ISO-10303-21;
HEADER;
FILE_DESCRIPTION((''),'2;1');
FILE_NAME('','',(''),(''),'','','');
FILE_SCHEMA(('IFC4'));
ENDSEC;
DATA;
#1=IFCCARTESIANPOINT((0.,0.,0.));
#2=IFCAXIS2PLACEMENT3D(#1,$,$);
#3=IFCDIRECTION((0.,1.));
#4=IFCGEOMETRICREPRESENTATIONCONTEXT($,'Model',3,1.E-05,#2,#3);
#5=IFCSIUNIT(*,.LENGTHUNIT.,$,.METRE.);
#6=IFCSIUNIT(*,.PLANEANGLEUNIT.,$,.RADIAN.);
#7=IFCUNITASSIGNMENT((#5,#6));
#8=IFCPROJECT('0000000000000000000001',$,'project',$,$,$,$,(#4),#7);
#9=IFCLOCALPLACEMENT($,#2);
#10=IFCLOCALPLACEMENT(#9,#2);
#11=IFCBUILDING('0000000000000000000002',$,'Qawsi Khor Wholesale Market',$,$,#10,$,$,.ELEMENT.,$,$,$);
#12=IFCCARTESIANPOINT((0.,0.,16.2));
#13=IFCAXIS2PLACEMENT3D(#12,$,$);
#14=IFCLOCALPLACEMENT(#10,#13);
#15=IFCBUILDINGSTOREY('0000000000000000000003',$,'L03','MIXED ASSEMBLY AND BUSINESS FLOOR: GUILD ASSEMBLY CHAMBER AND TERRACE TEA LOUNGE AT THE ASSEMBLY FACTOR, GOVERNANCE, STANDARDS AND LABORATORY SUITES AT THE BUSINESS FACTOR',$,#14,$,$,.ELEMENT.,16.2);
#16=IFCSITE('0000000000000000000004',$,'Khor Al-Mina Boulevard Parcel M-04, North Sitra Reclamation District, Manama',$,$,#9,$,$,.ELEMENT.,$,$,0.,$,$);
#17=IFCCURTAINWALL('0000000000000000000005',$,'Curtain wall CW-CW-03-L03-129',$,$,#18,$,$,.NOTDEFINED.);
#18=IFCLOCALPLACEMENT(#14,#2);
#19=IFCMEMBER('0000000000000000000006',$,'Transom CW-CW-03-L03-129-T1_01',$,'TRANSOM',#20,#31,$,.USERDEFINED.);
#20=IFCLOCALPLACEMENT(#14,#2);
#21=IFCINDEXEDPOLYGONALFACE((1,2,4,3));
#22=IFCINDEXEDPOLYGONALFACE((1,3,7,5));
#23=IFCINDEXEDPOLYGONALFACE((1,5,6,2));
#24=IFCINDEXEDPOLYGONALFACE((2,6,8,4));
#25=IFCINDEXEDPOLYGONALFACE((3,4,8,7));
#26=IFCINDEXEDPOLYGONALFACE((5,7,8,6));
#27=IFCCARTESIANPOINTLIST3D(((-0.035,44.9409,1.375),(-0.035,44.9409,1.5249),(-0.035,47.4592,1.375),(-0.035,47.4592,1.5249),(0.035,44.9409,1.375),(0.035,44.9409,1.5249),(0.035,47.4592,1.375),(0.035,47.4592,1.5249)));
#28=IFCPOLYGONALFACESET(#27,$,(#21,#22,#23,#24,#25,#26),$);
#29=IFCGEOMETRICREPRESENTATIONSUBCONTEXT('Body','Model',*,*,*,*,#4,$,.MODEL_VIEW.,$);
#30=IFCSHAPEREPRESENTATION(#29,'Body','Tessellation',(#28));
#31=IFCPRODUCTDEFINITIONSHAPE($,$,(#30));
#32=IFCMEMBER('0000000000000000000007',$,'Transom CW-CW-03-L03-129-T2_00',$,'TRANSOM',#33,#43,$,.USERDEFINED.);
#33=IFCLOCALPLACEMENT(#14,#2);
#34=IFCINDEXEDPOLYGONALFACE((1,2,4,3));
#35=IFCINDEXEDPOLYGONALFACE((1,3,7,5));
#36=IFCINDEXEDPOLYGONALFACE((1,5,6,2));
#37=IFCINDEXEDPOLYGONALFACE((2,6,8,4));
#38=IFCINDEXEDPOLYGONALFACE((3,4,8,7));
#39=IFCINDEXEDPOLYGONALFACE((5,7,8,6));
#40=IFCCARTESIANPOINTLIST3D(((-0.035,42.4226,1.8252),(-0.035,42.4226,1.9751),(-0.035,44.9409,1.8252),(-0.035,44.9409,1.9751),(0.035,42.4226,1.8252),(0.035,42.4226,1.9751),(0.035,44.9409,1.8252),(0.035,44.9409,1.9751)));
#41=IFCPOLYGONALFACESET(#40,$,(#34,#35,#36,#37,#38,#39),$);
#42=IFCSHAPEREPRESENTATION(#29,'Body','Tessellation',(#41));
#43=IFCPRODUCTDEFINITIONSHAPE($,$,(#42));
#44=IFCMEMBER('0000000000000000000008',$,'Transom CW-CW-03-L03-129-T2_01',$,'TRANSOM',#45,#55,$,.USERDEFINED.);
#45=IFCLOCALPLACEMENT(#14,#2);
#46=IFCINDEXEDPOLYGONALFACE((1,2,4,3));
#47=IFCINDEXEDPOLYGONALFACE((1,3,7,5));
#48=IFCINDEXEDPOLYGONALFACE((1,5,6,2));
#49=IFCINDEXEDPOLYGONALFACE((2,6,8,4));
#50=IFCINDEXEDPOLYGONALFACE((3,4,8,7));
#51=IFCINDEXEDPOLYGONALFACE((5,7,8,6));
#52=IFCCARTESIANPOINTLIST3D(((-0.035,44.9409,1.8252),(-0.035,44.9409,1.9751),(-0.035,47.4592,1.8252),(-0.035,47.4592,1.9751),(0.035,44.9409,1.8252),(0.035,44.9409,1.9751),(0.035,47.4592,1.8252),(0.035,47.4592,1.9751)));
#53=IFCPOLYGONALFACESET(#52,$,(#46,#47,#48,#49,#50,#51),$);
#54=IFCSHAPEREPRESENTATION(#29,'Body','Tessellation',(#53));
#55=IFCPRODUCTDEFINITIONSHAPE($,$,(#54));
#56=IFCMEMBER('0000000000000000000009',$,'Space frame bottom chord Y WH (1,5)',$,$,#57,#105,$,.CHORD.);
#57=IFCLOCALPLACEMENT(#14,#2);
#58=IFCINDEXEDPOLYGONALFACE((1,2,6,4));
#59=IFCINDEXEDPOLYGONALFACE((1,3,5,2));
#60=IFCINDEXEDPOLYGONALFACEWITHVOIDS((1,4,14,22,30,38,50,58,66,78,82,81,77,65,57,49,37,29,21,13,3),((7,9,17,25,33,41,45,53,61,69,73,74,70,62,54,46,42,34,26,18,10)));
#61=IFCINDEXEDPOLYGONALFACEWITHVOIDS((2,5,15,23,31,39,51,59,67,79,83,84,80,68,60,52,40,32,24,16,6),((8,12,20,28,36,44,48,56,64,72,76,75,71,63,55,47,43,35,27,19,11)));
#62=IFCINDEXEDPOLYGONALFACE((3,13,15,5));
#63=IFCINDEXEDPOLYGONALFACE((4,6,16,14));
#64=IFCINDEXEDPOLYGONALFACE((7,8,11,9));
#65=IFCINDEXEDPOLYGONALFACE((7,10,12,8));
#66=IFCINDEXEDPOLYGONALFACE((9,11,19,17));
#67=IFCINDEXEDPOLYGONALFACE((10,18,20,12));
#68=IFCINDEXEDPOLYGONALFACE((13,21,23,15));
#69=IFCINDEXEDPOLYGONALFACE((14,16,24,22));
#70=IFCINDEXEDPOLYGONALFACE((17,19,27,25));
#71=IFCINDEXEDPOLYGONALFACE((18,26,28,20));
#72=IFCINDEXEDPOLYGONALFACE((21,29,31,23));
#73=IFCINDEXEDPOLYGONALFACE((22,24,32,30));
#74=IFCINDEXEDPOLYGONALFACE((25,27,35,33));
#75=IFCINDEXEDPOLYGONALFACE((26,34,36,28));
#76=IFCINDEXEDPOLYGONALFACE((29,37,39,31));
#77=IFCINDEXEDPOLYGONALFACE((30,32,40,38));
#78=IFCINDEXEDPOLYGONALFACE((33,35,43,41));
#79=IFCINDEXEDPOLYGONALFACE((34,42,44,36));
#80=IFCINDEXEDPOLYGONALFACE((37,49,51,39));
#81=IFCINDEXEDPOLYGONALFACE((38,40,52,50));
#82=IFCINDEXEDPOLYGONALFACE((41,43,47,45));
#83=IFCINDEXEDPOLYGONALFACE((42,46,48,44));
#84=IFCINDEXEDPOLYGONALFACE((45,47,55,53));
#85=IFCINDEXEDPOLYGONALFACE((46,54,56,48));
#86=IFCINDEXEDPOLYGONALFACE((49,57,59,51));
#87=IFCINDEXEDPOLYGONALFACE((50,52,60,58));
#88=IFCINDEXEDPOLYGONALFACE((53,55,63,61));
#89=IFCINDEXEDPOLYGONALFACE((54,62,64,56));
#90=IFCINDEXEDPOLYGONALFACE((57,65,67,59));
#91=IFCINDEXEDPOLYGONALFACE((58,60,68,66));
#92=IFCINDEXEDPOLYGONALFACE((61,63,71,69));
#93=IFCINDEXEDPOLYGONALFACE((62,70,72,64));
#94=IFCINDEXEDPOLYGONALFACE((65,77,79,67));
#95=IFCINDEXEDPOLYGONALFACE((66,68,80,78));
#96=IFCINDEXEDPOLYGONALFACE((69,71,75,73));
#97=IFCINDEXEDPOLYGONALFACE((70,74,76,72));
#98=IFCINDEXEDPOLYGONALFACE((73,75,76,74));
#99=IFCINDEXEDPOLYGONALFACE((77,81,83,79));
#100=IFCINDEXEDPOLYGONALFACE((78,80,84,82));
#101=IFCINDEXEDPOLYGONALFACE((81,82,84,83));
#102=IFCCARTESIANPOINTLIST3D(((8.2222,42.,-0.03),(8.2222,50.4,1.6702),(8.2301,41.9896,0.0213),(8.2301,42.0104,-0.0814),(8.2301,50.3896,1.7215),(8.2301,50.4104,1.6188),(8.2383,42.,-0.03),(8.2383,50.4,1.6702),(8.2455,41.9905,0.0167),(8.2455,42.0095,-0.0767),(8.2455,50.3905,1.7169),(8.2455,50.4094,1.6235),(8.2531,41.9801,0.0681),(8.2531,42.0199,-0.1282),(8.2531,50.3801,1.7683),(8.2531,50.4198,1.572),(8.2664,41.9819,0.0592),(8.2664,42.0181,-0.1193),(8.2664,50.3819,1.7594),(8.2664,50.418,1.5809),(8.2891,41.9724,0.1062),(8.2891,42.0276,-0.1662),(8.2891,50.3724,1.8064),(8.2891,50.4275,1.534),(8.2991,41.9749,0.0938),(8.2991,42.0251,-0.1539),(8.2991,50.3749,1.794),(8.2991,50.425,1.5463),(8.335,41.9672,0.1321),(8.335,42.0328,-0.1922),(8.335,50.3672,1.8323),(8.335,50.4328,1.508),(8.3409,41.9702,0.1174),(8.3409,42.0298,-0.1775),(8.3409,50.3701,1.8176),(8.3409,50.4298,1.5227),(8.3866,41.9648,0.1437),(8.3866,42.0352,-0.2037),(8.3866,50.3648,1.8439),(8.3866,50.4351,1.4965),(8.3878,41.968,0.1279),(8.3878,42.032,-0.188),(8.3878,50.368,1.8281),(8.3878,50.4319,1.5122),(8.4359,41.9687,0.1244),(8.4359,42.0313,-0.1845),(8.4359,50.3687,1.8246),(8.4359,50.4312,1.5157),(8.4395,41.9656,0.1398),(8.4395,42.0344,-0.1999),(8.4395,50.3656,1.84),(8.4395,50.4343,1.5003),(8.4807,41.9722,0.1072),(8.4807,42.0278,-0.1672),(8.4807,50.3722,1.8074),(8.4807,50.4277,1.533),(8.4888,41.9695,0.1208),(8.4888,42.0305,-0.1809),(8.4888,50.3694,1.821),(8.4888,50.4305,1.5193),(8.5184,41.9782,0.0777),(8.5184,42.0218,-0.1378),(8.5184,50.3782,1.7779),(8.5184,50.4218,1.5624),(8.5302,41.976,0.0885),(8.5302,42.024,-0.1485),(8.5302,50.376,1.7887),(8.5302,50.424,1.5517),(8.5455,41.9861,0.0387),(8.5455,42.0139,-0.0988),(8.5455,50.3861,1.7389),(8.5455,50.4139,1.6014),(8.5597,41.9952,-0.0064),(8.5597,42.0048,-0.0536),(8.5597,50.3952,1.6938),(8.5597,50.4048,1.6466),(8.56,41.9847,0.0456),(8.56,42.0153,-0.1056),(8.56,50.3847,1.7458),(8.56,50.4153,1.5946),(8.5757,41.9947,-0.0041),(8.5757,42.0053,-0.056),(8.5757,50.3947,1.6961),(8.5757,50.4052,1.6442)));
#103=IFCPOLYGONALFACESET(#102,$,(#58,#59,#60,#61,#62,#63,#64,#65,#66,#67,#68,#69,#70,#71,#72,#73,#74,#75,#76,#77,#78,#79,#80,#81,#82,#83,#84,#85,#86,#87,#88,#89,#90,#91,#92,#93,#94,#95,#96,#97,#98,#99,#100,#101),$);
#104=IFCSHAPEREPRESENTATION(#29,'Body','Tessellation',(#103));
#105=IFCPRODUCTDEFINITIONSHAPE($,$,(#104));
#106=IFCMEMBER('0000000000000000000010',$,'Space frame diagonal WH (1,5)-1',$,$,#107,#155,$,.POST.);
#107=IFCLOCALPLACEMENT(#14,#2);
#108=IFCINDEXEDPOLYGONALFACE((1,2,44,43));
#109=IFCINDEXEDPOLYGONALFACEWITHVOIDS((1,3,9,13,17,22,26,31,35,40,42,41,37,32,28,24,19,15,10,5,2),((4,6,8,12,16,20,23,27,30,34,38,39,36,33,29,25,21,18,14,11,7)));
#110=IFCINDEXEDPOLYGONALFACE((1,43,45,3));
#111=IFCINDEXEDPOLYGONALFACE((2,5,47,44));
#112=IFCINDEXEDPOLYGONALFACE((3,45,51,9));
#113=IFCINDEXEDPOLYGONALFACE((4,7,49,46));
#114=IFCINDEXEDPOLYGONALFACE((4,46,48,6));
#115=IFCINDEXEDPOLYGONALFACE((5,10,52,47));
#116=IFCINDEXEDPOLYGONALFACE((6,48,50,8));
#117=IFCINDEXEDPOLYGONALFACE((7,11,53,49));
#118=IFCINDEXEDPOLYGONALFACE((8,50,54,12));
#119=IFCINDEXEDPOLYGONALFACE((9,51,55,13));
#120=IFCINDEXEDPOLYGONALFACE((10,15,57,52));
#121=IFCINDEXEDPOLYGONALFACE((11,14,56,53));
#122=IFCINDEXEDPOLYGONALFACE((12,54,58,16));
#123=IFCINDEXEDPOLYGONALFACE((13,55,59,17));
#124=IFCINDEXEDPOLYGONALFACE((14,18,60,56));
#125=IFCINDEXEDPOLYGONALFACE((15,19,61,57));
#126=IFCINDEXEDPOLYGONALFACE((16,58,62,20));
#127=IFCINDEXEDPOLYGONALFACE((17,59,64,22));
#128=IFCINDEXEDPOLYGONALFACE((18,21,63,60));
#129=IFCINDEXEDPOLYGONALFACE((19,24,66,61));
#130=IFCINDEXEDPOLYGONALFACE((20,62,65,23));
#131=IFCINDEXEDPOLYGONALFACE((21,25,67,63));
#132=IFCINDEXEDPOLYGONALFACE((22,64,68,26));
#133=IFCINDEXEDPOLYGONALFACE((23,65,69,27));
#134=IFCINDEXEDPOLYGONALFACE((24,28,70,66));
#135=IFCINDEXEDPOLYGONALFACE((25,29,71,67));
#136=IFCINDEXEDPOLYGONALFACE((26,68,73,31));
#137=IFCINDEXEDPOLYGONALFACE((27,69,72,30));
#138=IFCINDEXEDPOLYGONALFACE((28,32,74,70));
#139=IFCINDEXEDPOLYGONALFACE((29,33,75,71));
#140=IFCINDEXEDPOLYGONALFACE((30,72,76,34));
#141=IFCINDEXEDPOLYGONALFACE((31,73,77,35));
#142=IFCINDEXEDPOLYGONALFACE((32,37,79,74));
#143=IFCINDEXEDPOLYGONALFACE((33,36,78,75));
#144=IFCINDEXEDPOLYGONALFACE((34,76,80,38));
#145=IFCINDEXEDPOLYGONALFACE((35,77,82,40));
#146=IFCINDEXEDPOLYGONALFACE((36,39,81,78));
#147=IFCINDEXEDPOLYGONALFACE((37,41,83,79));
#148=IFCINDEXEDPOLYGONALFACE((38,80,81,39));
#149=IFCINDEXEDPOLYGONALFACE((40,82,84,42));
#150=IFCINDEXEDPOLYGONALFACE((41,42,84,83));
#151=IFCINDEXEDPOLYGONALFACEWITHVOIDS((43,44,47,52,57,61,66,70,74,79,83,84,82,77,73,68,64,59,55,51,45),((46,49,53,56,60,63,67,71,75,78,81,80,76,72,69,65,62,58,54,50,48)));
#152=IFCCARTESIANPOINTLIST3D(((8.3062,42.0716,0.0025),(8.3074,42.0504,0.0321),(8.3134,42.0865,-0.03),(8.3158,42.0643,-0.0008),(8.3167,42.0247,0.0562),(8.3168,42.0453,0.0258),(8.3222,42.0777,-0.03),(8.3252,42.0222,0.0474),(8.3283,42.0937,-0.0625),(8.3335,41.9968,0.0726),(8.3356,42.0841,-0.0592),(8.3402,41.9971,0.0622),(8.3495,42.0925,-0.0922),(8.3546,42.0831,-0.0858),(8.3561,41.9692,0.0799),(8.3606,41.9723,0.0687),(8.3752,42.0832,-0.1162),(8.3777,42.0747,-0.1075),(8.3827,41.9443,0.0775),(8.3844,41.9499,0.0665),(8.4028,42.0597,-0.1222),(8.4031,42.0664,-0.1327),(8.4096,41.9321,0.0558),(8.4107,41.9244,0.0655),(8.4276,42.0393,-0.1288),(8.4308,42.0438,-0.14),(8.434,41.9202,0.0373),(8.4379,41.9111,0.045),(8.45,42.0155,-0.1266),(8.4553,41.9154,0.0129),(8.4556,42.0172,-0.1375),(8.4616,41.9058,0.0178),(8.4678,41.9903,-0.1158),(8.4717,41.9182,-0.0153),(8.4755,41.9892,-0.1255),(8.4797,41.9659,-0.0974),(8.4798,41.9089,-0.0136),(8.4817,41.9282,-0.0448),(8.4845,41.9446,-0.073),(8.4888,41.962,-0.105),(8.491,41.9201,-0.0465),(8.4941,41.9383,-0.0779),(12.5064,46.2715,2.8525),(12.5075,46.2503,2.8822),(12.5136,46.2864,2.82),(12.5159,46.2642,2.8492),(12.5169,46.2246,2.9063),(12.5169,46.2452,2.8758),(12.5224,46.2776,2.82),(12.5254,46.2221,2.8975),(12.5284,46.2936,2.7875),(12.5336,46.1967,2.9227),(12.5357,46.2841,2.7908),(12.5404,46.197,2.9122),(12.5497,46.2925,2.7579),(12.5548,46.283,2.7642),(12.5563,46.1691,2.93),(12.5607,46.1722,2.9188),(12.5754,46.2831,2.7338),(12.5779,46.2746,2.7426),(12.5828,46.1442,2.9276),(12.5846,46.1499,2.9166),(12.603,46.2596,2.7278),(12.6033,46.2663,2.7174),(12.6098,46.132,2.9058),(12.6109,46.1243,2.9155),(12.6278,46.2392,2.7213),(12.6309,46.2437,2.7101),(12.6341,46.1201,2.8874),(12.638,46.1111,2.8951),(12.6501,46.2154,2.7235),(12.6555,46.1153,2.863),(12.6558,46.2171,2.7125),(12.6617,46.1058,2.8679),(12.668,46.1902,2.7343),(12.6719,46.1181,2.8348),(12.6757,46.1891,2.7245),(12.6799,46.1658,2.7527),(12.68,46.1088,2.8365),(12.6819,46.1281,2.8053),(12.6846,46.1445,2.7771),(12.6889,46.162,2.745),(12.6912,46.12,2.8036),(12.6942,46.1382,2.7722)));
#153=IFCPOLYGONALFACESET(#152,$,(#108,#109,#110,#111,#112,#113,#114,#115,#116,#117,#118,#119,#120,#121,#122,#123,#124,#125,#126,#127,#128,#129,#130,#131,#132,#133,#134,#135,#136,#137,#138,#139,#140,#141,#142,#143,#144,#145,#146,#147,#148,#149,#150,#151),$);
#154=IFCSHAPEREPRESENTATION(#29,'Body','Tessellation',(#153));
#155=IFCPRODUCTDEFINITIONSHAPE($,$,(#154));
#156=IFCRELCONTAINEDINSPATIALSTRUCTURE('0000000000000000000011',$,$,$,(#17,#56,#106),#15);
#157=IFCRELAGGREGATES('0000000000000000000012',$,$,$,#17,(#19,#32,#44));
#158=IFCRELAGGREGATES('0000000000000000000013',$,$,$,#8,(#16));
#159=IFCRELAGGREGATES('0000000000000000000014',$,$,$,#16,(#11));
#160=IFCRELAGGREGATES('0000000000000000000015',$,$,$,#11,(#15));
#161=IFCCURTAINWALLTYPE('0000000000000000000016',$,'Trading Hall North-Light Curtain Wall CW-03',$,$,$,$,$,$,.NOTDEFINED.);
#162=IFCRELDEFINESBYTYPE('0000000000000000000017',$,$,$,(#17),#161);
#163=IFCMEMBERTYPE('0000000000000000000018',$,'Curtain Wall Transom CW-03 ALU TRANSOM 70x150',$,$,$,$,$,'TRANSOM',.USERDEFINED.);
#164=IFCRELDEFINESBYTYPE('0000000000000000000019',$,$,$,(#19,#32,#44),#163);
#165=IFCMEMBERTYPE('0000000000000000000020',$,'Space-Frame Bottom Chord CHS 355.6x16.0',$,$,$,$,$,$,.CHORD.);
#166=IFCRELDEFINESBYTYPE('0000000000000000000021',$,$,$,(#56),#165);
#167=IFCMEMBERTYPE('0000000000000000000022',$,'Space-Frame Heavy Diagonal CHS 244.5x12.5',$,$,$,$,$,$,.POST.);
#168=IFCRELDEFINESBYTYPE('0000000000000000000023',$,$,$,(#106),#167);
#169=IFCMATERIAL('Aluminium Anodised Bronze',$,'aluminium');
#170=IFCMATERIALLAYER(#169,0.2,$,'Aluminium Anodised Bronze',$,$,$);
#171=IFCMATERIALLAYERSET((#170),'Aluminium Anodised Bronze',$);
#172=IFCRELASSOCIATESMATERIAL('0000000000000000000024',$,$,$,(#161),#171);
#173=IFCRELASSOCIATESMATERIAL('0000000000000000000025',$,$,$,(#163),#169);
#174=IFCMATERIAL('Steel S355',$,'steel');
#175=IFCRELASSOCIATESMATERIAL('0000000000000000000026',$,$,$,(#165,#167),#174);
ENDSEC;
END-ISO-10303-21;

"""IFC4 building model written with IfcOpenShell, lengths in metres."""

from ifc_helpers import new_model, si_unit, direction, frame, origin, origin_2d, place, context, subcontext, project, spatial, rectangle, hollow_circle, extrude, material, layer, layer_set, material_profile, profile_set, type_object, element, aggregate, save


model = new_model("IFC4")

# Units and contexts
model_context = context("Model", 3, precision=1e-05, world=origin(), true_north=direction((0.0, 1.0)))
body_context = subcontext(model_context, "Body", "Model", "MODEL_VIEW")
ifc_project = project(units=[si_unit("LENGTHUNIT", "METRE"), si_unit("PLANEANGLEUNIT", "RADIAN")], contexts=[model_context])

# Site, building, storey
site_placement = place(None, origin())
site = spatial("IfcSite", under=ifc_project, at=site_placement, Name="Khor Al-Mina Boulevard Parcel M-04, North Sitra Reclamation District, Manama", CompositionType="ELEMENT", RefElevation=0.0)
building_placement = place(site_placement, origin())
building = spatial("IfcBuilding", under=site, at=building_placement, Name="Qawsi Khor Wholesale Market", CompositionType="ELEMENT")
storey_placement = place(building_placement, frame((0.0, 0.0, 16.2)))
storey = spatial("IfcBuildingStorey", under=building, at=storey_placement, Name="L03", Description="MIXED ASSEMBLY AND BUSINESS FLOOR: GUILD ASSEMBLY CHAMBER AND TERRACE TEA LOUNGE AT THE ASSEMBLY FACTOR, GOVERNANCE, STANDARDS AND LABORATORY SUITES AT THE BUSINESS FACTOR", CompositionType="ELEMENT", Elevation=16.2)

# Curtain wall
ifc_material_1 = material(Name="Aluminium Anodised Bronze", Category="aluminium")
ifc_layer_1 = layer(ifc_material_1, 0.2, Name="Aluminium Anodised Bronze")
ifc_layer_set_1 = layer_set([ifc_layer_1], Name="Aluminium Anodised Bronze")
curtain_wall_type = type_object("IfcCurtainWallType", Name="Trading Hall North-Light Curtain Wall CW-03", PredefinedType="NOTDEFINED", material=ifc_layer_set_1)
curtain_wall_1_placement = place(storey_placement, origin())
curtain_wall_1 = element("IfcCurtainWall", 1, at=curtain_wall_1_placement, inside=storey, type_object=curtain_wall_type, Name="Curtain wall CW-CW-03-L03-129", PredefinedType="NOTDEFINED")

# Members
ifc_material_profile_1 = material_profile(ifc_material_1, rectangle(XDim=0.0701, YDim=0.1499, at=origin_2d()), Name="ALU TRANSOM 70x150")
ifc_profile_set_1 = profile_set([ifc_material_profile_1], Name="Aluminium Anodised Bronze")
member_type_1 = type_object("IfcMemberType", Name="Curtain Wall Transom CW-03 ALU TRANSOM 70x150", ElementType="TRANSOM", PredefinedType="USERDEFINED", material=ifc_profile_set_1)
member_1_placement = place(storey_placement, frame((0.0, 44.9409, 1.45), z_axis=(0.0, 1.0, 0.0), x_axis=(-1.0, 0.0, 0.0)))
member_1 = element("IfcMember", 2, at=member_1_placement, type_object=member_type_1, Name="Transom CW-CW-03-L03-129-T1_01", ObjectType="TRANSOM", PredefinedType="USERDEFINED", context=body_context, shape_type="SweptSolid", body=[
    extrude(rectangle(XDim=0.0701, YDim=0.1499, at=origin_2d()), origin(), (0.0, 0.0, 1.0), 2.5183),
])
member_2_placement = place(storey_placement, frame((0.0, 42.4226, 1.9001), z_axis=(0.0, 1.0, 0.0), x_axis=(-1.0, 0.0, 0.0)))
member_2 = element("IfcMember", 3, at=member_2_placement, type_object=member_type_1, Name="Transom CW-CW-03-L03-129-T2_00", ObjectType="TRANSOM", PredefinedType="USERDEFINED", context=body_context, shape_type="SweptSolid", body=[
    extrude(rectangle(XDim=0.0701, YDim=0.1499, at=origin_2d()), origin(), (0.0, 0.0, 1.0), 2.5183),
])
member_3_placement = place(storey_placement, frame((0.0, 44.9409, 1.9001), z_axis=(0.0, 1.0, 0.0), x_axis=(-1.0, 0.0, 0.0)))
member_3 = element("IfcMember", 4, at=member_3_placement, type_object=member_type_1, Name="Transom CW-CW-03-L03-129-T2_01", ObjectType="TRANSOM", PredefinedType="USERDEFINED", context=body_context, shape_type="SweptSolid", body=[
    extrude(rectangle(XDim=0.0701, YDim=0.1499, at=origin_2d()), origin(), (0.0, 0.0, 1.0), 2.5183),
])

# Members
ifc_material_2 = material(Name="Steel S355", Category="steel")
ifc_material_profile_2 = material_profile(ifc_material_2, hollow_circle(Radius=0.1777, WallThickness=0.0161, at=origin_2d()), Name="CHS 355.6x16.0")
ifc_profile_set_2 = profile_set([ifc_material_profile_2], Name="Steel S355")
member_type_2 = type_object("IfcMemberType", Name="Space-Frame Bottom Chord CHS 355.6x16.0", PredefinedType="CHORD", material=ifc_profile_set_2)
member_4_placement = place(storey_placement, frame((8.3999, 42.0, -0.03), z_axis=(0.0, 0.980124, 0.198384), x_axis=(-1.0, 0.0, 0.0)))
element("IfcMember", 5, at=member_4_placement, inside=storey, type_object=member_type_2, Name="Space frame bottom chord Y WH (1,5)", PredefinedType="CHORD", context=body_context, shape_type="SweptSolid", body=[
    extrude(hollow_circle(Radius=0.1777, WallThickness=0.0161, at=origin_2d()), origin(), (0.0, 0.0, 1.0), 8.5703),
])
ifc_material_profile_3 = material_profile(ifc_material_2, hollow_circle(Radius=0.1223, WallThickness=0.0125, at=origin_2d()), Name="CHS 244.5x12.5")
ifc_profile_set_3 = profile_set([ifc_material_profile_3], Name="Steel S355")
member_type_3 = type_object("IfcMemberType", Name="Space-Frame Heavy Diagonal CHS 244.5x12.5", PredefinedType="POST", material=ifc_profile_set_3)
member_5_placement = place(storey_placement, frame((8.3999, 42.0, -0.03), z_axis=(0.637534, 0.637497, 0.432607), x_axis=(-0.707086, 0.707127, 0.0)))
element("IfcMember", 6, at=member_5_placement, inside=storey, type_object=member_type_3, Name="Space frame diagonal WH (1,5)-1", PredefinedType="POST", context=body_context, shape_type="SweptSolid", body=[
    extrude(hollow_circle(Radius=0.1223, WallThickness=0.0125, at=origin_2d()), origin(), (0.0, 0.0, 1.0), 6.5881),
])

aggregate(curtain_wall_1, [member_1, member_2, member_3])

save(model, "model.ifc")
